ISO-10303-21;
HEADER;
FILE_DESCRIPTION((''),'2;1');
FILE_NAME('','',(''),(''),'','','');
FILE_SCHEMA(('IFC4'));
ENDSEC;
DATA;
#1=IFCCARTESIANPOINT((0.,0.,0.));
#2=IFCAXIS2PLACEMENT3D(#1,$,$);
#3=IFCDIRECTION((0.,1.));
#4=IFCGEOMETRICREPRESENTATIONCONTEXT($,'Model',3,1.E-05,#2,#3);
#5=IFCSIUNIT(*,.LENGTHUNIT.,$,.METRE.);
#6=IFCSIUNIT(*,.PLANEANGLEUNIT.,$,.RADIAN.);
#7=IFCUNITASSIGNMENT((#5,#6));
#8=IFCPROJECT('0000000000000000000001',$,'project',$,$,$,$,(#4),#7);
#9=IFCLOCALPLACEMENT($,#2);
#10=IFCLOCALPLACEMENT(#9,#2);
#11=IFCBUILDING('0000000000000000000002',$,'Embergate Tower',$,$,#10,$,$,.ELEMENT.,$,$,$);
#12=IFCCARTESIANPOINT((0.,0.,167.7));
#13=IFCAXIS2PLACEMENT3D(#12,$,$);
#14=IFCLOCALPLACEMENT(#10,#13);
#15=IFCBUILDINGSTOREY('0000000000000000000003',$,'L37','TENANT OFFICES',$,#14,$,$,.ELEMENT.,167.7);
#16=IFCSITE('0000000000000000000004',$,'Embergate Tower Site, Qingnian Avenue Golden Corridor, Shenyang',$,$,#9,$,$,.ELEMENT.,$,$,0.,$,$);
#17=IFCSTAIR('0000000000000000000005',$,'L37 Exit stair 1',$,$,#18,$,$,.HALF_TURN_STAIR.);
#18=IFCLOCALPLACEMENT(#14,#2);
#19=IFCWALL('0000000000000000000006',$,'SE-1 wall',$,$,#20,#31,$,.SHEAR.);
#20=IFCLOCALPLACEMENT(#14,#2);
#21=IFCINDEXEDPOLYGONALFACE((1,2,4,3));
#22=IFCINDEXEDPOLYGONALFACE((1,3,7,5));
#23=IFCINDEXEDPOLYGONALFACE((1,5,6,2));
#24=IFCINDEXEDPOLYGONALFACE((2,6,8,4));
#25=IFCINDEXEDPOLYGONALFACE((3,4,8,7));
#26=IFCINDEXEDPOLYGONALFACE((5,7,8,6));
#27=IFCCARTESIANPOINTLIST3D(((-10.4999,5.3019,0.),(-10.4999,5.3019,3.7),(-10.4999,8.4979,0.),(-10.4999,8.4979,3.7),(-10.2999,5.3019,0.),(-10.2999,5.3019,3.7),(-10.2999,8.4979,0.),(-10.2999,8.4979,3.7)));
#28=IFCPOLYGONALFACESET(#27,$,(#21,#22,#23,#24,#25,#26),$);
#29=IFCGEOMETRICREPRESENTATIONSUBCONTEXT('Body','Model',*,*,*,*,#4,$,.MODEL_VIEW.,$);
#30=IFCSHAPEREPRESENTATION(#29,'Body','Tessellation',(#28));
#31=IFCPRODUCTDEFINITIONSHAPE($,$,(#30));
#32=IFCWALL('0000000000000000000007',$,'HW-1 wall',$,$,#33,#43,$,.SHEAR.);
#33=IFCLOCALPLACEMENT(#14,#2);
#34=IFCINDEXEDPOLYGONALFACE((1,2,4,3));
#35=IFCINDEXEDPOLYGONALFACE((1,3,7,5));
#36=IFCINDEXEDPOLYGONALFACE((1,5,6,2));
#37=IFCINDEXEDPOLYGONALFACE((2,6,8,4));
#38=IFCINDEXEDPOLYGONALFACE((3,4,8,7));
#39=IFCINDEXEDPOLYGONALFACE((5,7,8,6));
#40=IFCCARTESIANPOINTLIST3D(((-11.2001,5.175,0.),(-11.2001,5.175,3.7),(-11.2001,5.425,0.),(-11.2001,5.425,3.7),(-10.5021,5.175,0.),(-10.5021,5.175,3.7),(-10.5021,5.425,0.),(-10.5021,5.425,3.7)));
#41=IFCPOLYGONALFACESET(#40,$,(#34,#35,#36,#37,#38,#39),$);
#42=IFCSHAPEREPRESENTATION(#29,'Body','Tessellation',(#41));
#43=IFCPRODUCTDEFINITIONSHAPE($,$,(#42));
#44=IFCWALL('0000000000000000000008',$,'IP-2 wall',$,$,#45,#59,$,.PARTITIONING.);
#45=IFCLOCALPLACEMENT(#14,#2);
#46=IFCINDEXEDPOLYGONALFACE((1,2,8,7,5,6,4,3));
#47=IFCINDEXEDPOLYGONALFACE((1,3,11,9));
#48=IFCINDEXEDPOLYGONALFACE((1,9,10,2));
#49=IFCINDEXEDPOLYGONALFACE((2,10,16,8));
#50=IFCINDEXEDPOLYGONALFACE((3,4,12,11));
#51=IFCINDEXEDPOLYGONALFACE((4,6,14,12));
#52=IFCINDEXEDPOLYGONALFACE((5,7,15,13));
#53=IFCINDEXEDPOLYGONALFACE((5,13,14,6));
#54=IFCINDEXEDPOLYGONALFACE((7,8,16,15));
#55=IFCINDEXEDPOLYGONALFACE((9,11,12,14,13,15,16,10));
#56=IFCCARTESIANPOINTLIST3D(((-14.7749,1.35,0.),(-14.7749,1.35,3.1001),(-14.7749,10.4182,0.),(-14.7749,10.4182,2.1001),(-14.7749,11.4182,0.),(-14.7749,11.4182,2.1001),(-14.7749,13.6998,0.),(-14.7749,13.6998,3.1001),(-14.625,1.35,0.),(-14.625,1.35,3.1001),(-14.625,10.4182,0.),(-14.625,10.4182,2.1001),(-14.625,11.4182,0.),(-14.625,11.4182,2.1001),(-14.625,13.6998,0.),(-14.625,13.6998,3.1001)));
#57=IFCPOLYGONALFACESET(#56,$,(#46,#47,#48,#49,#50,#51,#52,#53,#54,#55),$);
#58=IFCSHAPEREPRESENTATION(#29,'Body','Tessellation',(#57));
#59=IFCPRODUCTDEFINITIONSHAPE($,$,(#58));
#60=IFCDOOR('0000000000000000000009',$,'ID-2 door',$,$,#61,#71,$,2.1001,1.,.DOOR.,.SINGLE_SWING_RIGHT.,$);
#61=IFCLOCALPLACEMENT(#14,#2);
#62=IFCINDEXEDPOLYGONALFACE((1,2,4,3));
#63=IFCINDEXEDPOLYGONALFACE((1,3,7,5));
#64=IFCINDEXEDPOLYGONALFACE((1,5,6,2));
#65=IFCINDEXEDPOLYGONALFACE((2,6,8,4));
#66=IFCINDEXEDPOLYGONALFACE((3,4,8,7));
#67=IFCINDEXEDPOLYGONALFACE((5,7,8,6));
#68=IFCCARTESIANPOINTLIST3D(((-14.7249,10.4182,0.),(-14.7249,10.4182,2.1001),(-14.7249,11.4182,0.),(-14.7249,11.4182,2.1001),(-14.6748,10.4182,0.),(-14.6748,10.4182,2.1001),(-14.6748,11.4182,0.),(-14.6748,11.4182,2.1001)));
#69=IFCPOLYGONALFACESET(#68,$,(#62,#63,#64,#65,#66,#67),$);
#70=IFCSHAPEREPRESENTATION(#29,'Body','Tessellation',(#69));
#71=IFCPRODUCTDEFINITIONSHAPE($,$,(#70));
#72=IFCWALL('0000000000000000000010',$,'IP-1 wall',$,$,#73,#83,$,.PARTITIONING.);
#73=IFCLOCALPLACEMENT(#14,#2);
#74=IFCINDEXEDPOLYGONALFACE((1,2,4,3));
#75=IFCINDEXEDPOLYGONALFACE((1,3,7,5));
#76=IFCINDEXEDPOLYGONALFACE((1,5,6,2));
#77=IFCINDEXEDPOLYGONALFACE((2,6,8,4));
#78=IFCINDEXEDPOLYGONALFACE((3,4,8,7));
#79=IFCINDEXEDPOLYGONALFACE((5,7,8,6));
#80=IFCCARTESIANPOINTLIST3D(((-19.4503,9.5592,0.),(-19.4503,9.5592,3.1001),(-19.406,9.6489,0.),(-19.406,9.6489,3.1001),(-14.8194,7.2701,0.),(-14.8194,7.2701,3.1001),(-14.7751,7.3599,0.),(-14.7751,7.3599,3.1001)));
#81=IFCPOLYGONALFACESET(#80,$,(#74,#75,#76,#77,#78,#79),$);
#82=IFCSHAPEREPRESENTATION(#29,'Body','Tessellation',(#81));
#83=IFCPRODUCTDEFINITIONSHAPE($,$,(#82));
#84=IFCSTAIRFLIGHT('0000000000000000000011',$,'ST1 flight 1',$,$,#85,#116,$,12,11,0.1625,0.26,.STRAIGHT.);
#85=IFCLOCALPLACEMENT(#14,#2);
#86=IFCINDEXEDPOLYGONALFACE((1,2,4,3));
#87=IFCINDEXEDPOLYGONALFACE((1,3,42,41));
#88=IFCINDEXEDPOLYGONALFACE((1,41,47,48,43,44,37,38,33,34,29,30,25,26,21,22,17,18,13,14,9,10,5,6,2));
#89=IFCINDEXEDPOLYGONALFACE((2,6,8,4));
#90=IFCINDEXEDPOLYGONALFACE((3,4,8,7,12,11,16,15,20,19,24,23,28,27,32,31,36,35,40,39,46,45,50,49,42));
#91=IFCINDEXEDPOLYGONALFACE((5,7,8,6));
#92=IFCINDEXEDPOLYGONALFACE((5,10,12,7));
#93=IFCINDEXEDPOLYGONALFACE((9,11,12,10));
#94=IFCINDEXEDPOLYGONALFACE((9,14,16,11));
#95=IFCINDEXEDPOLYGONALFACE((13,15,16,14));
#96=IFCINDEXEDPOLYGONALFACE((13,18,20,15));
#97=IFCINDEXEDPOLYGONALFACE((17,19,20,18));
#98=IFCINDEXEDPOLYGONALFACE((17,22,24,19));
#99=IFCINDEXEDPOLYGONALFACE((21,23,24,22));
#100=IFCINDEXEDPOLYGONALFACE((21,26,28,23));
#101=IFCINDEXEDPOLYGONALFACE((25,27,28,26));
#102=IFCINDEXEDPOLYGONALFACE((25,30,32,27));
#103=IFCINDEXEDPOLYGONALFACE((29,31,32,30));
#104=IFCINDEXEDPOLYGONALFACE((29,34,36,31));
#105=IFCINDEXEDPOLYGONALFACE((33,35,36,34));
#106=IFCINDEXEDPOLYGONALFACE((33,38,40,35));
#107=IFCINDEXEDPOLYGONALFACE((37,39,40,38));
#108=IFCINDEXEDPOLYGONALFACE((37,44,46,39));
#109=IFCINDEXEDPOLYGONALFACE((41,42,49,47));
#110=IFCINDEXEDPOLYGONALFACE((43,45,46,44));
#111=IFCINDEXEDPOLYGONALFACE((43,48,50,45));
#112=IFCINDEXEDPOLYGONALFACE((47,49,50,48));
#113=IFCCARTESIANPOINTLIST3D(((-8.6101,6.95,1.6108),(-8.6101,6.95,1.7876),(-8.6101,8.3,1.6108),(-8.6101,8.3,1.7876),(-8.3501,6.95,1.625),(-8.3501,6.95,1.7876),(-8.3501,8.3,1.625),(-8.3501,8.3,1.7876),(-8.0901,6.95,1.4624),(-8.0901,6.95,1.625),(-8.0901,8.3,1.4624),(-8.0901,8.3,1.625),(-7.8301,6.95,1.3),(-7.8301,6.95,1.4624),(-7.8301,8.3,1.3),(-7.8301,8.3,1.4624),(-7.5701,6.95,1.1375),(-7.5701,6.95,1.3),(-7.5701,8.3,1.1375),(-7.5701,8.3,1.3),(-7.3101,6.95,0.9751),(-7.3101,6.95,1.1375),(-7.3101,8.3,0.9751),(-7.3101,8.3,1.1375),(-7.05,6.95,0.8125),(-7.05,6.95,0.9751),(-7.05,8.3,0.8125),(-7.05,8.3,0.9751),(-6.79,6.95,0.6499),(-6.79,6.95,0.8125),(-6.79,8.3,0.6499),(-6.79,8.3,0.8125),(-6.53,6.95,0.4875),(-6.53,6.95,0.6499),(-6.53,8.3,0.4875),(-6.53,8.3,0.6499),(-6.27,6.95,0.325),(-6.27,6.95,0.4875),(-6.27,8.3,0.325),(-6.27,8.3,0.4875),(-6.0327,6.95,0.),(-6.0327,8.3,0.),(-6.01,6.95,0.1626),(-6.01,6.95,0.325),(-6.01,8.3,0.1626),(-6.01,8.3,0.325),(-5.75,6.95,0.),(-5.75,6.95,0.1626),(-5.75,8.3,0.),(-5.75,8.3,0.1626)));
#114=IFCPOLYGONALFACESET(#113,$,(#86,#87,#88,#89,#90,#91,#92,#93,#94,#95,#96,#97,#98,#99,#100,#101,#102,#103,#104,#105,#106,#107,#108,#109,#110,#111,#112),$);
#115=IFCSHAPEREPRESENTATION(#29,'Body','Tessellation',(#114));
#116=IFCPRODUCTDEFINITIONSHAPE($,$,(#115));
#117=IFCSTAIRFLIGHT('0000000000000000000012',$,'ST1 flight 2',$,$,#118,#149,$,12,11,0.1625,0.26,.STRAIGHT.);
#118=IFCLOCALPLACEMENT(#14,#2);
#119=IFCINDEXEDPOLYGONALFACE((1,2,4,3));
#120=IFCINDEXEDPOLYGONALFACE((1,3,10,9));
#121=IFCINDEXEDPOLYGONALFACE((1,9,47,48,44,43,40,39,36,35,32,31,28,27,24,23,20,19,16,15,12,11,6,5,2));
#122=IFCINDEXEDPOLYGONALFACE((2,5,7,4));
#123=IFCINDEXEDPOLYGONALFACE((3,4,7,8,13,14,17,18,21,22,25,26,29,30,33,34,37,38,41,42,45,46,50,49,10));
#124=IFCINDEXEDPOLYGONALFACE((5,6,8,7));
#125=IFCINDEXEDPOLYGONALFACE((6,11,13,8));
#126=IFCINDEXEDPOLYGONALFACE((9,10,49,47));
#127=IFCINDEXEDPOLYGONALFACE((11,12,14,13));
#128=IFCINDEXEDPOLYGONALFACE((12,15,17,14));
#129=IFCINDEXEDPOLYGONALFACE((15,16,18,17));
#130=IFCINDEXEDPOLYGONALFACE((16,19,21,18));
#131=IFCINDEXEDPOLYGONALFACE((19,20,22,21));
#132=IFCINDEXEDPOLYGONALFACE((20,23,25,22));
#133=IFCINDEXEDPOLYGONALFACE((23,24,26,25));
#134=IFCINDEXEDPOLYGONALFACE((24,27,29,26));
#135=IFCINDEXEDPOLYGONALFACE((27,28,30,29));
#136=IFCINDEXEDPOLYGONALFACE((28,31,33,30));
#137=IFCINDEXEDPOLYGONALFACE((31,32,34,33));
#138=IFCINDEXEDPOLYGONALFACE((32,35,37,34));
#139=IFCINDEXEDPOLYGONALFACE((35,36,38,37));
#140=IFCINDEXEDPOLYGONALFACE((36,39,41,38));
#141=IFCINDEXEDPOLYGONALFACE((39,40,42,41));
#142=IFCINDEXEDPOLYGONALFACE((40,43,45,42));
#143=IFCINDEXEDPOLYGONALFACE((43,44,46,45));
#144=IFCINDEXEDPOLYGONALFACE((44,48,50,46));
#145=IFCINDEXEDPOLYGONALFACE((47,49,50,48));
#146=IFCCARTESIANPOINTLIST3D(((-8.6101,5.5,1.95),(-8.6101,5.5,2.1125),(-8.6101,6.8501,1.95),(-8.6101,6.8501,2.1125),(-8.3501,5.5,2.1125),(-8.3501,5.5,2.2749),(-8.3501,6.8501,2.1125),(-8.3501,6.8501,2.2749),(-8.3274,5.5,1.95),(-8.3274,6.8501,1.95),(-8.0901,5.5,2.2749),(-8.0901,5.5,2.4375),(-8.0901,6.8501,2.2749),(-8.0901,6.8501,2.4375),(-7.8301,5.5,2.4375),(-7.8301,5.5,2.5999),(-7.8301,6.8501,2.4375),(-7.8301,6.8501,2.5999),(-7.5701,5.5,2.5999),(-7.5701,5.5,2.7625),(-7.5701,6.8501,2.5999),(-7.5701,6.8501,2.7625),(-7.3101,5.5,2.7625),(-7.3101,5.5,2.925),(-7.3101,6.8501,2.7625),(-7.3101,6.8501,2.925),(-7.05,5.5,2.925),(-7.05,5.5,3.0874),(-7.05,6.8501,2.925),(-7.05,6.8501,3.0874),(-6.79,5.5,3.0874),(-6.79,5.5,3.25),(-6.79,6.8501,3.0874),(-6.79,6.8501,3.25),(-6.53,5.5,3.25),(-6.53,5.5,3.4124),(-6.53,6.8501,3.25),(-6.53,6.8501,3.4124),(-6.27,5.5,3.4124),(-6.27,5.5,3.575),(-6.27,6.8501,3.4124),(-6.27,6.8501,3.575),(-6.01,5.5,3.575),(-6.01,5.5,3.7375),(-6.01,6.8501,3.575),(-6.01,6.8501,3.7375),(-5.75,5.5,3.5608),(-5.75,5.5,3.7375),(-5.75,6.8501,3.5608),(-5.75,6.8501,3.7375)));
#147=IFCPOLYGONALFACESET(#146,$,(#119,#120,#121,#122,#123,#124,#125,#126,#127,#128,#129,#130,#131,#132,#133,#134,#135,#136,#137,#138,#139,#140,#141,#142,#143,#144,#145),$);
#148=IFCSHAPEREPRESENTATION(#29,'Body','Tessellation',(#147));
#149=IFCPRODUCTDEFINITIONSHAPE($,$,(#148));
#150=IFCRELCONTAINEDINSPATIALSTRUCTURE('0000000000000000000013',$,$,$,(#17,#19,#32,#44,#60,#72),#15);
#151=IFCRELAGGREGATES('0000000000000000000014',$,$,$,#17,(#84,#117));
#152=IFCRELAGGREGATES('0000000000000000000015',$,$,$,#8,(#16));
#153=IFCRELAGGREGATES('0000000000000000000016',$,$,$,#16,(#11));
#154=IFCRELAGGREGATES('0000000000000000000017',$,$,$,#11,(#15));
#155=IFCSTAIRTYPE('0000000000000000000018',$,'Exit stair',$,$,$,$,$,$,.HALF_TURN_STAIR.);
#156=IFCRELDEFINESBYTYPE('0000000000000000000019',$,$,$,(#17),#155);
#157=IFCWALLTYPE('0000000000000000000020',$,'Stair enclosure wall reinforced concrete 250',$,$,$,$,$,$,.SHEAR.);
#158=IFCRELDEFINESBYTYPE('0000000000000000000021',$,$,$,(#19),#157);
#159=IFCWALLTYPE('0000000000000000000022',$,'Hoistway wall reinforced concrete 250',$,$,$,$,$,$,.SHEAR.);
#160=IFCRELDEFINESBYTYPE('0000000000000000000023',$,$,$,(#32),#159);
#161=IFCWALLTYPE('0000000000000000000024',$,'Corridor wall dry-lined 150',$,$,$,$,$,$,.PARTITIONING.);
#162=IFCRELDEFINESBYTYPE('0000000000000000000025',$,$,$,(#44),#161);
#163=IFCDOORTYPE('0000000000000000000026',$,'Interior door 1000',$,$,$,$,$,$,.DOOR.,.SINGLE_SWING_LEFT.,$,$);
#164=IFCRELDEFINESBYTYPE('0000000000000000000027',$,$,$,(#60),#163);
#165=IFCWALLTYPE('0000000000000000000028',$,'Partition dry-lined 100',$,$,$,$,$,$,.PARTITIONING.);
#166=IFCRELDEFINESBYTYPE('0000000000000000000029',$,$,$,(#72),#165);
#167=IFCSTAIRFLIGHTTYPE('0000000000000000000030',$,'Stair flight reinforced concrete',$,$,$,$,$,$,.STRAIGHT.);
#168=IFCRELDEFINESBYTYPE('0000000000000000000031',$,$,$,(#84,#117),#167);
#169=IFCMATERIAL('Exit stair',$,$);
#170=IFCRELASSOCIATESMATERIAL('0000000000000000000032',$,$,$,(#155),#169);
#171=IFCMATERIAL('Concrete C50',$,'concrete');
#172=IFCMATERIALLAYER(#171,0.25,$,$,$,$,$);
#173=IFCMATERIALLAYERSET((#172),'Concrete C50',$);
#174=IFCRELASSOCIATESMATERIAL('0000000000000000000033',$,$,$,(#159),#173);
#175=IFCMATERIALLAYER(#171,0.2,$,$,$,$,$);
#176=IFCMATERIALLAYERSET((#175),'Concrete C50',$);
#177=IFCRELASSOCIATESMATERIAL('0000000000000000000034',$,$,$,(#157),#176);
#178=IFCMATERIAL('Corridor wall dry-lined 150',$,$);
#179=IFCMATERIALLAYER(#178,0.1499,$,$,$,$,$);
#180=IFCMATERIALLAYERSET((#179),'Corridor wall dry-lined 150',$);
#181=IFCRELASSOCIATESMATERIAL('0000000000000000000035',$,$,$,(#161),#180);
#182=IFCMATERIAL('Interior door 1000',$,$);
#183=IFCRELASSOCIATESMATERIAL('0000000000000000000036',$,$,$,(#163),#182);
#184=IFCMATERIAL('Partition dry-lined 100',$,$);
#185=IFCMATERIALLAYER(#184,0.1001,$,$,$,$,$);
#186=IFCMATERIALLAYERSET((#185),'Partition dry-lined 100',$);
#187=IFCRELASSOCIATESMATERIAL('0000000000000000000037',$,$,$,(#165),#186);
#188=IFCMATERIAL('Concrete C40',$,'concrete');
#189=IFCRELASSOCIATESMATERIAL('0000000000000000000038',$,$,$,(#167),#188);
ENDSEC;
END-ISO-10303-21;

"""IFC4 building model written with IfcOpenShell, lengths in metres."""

from ifc_helpers import new_model, si_unit, direction, frame, frame_2d, origin, place, context, subcontext, project, spatial, polyline, rectangle, outline, extrude, source, transform, mapped, material, layer, layer_set, type_object, element, fill, aggregate, save


model = new_model("IFC4")

# Units and contexts
model_context = context("Model", 3, precision=1e-05, world=origin(), true_north=direction((0.0, 1.0)))
body_context = subcontext(model_context, "Body", "Model", "MODEL_VIEW")
ifc_project = project(units=[si_unit("LENGTHUNIT", "METRE"), si_unit("PLANEANGLEUNIT", "RADIAN")], contexts=[model_context])

# Site, building, storey
site_placement = place(None, origin())
site = spatial("IfcSite", under=ifc_project, at=site_placement, Name="Embergate Tower Site, Qingnian Avenue Golden Corridor, Shenyang", CompositionType="ELEMENT", RefElevation=0.0)
building_placement = place(site_placement, origin())
building = spatial("IfcBuilding", under=site, at=building_placement, Name="Embergate Tower", CompositionType="ELEMENT")
storey_placement = place(building_placement, frame((0.0, 0.0, 167.7)))
storey = spatial("IfcBuildingStorey", under=building, at=storey_placement, Name="L37", Description="TENANT OFFICES", CompositionType="ELEMENT", Elevation=167.7)

# Stair
ifc_material_1 = material(Name="Exit stair")
stair_type = type_object("IfcStairType", Name="Exit stair", PredefinedType="HALF_TURN_STAIR", material=ifc_material_1)
stair_placement = place(storey_placement, origin())
stair = element("IfcStair", 1, at=stair_placement, inside=storey, type_object=stair_type, Name="L37 Exit stair 1", PredefinedType="HALF_TURN_STAIR")
ifc_material_2 = material(Name="Concrete C40", Category="concrete")

# Shared definitions
ifc_material_3 = material(Name="Concrete C50", Category="concrete")
ifc_layer_1 = layer(ifc_material_3, 0.25)
ifc_layer_set_1 = layer_set([ifc_layer_1], Name="Concrete C50")
wall_type_1 = type_object("IfcWallType", Name="Hoistway wall reinforced concrete 250", PredefinedType="SHEAR", material=ifc_layer_set_1)

# Shared definitions
ifc_layer_2 = layer(ifc_material_3, 0.2)
ifc_layer_set_2 = layer_set([ifc_layer_2], Name="Concrete C50")
wall_type_2 = type_object("IfcWallType", Name="Stair enclosure wall reinforced concrete 250", PredefinedType="SHEAR", material=ifc_layer_set_2)

# Walls
shared_shape_1 = source(origin(), body_context, "Body", "SweptSolid", [
    extrude(rectangle(XDim=3.196, YDim=0.2, at=frame_2d((1.5981, 0.0))), origin(), (0.0, 0.0, 1.0), 3.7),
])
wall_1_placement = place(storey_placement, frame((-10.3999, 8.498, 0.0), z_axis=(0.0, 0.0, 1.0), x_axis=(0.0, -1.0, 0.0)))
element("IfcWall", 2, at=wall_1_placement, inside=storey, type_object=wall_type_2, Name="SE-1 wall", PredefinedType="SHEAR", context=body_context, shape_type="MappedRepresentation", body=[
    mapped(shared_shape_1, transform((0.0, 0.0, 0.0))),
])
shared_shape_2 = source(origin(), body_context, "Body", "SweptSolid", [
    extrude(rectangle(XDim=0.698, YDim=0.25, at=frame_2d((0.3491, 0.0))), origin(), (0.0, 0.0, 1.0), 3.7),
])
wall_2_placement = place(storey_placement, frame((-10.502, 5.3, 0.0), z_axis=(0.0, 0.0, 1.0), x_axis=(-1.0, 0.0, 0.0)))
element("IfcWall", 3, at=wall_2_placement, inside=storey, type_object=wall_type_1, Name="HW-1 wall", PredefinedType="SHEAR", context=body_context, shape_type="MappedRepresentation", body=[
    mapped(shared_shape_2, transform((0.0, 0.0, 0.0))),
])

# Wall, opening, door
ifc_material_4 = material(Name="Corridor wall dry-lined 150")
ifc_layer_3 = layer(ifc_material_4, 0.1499)
ifc_layer_set_3 = layer_set([ifc_layer_3], Name="Corridor wall dry-lined 150")
wall_type_3 = type_object("IfcWallType", Name="Corridor wall dry-lined 150", PredefinedType="PARTITIONING", material=ifc_layer_set_3)
shared_shape_3 = source(origin(), body_context, "Body", "SweptSolid", [
    extrude(rectangle(XDim=12.3499, YDim=0.1499, at=frame_2d((6.1748, 0.0))), origin(), (0.0, 0.0, 1.0), 3.1001),
])
wall_3_placement = place(storey_placement, frame((-14.7, 1.3501, 0.0), z_axis=(0.0, 0.0, 1.0), x_axis=(0.0, 1.0, 0.0)))
wall_3 = element("IfcWall", 4, at=wall_3_placement, inside=storey, type_object=wall_type_3, Name="IP-2 wall", PredefinedType="PARTITIONING", context=body_context, shape_type="MappedRepresentation", body=[
    mapped(shared_shape_3, transform((0.0, 0.0, 0.0))),
])
shared_shape_4 = source(origin(), body_context, "Body", "SweptSolid", [
    extrude(rectangle(XDim=1.0, YDim=2.1001, at=frame_2d((0.5, 1.05))), frame((0.0, 0.085, 0.0), z_axis=(0.0, -1.0, 0.0), x_axis=(1.0, 0.0, 0.0)), (0.0, 0.0, 1.0), 0.1699),
])
opening_1_placement = place(wall_3_placement, frame((9.0681, 0.0, 0.0)))
opening_1 = element("IfcOpeningElement", 5, at=opening_1_placement, cuts=wall_3, PredefinedType="OPENING", context=body_context, shape_type="MappedRepresentation", body=[
    mapped(shared_shape_4, transform((0.0, 0.0, 0.0))),
])
ifc_material_5 = material(Name="Interior door 1000")
door_type_1 = type_object("IfcDoorType", Name="Interior door 1000", OperationType="SINGLE_SWING_LEFT", PredefinedType="DOOR", material=ifc_material_5)
shared_shape_5 = source(origin(), body_context, "Body", "SweptSolid", [
    extrude(rectangle(XDim=1.0, YDim=2.1001, at=frame_2d((0.5, 1.05))), frame((0.0, 0.0249, 0.0), z_axis=(0.0, -1.0, 0.0), x_axis=(1.0, 0.0, 0.0)), (0.0, 0.0, 1.0), 0.05),
])
door_1_placement = place(opening_1_placement, origin())
door_1 = element("IfcDoor", 6, at=door_1_placement, inside=storey, type_object=door_type_1, Name="ID-2 door", OperationType="SINGLE_SWING_RIGHT", OverallHeight=2.1001, OverallWidth=1.0, PredefinedType="DOOR", context=body_context, shape_type="MappedRepresentation", body=[
    mapped(shared_shape_5, transform((0.0, 0.0, 0.0))),
])
fill(opening_1, door_1)

# Wall
ifc_material_6 = material(Name="Partition dry-lined 100")
ifc_layer_4 = layer(ifc_material_6, 0.1001)
ifc_layer_set_4 = layer_set([ifc_layer_4], Name="Partition dry-lined 100")
wall_type_4 = type_object("IfcWallType", Name="Partition dry-lined 100", PredefinedType="PARTITIONING", material=ifc_layer_set_4)
shared_shape_6 = source(origin(), body_context, "Body", "SweptSolid", [
    extrude(rectangle(XDim=5.1658, YDim=0.1001, at=frame_2d((2.583, 0.0))), origin(), (0.0, 0.0, 1.0), 3.1001),
])
wall_4_placement = place(storey_placement, frame((-14.7971, 7.3149, 0.0), z_axis=(0.0, 0.0, 1.0), x_axis=(-0.89646, 0.443126, 0.0)))
element("IfcWall", 7, at=wall_4_placement, inside=storey, type_object=wall_type_4, Name="IP-1 wall", PredefinedType="PARTITIONING", context=body_context, shape_type="MappedRepresentation", body=[
    mapped(shared_shape_6, transform((0.0, 0.0, 0.0))),
])

# Stair flights
stair_flight_type = type_object("IfcStairFlightType", Name="Stair flight reinforced concrete", PredefinedType="STRAIGHT", material=ifc_material_2)
shared_shape_7 = source(origin(), body_context, "Body", "SweptSolid", [
    extrude(outline(polyline([(0.0, 0.0), (0.0, 0.1626), (0.26, 0.1626), (0.26, 0.325), (0.52, 0.325), (0.52, 0.4875), (0.78, 0.4875), (0.78, 0.6499), (1.04, 0.6499), (1.04, 0.8125), (1.3, 0.8125), (1.3, 0.9751), (1.5601, 0.9751), (1.5601, 1.1375), (1.8201, 1.1375), (1.8201, 1.3), (2.0801, 1.3), (2.0801, 1.4624), (2.3401, 1.4624), (2.3401, 1.625), (2.6001, 1.625), (2.6001, 1.7876), (2.8601, 1.7876), (2.8601, 1.95), (2.8601, 1.6108), (0.2827, 0.0), (0.0, 0.0)])), frame((0.0, 0.675, 0.0), z_axis=(0.0, -1.0, 0.0), x_axis=(1.0, 0.0, 0.0)), (0.0, 0.0, 1.0), 1.3501),
])
stair_flight_1_placement = place(storey_placement, frame((-5.75, 7.625, 0.0), z_axis=(0.0, 0.0, 1.0), x_axis=(-1.0, 0.0, 0.0)))
stair_flight_1 = element("IfcStairFlight", 8, at=stair_flight_1_placement, type_object=stair_flight_type, Name="ST1 flight 1", NumberOfRisers=12, NumberOfTreads=11, PredefinedType="STRAIGHT", RiserHeight=0.1625, TreadLength=0.26, context=body_context, shape_type="MappedRepresentation", body=[
    mapped(shared_shape_7, transform((0.0, 0.0, 0.0))),
])
stair_flight_2_placement = place(storey_placement, frame((-8.6101, 6.175, 1.95), z_axis=(0.0, 0.0, 1.0), x_axis=(1.0, 0.0, 0.0)))
stair_flight_2 = element("IfcStairFlight", 9, at=stair_flight_2_placement, type_object=stair_flight_type, Name="ST1 flight 2", NumberOfRisers=12, NumberOfTreads=11, PredefinedType="STRAIGHT", RiserHeight=0.1625, TreadLength=0.26, context=body_context, shape_type="MappedRepresentation", body=[
    mapped(shared_shape_7, transform((0.0, 0.0, 0.0))),
])
aggregate(stair, [stair_flight_1, stair_flight_2])

save(model, "model.ifc")
